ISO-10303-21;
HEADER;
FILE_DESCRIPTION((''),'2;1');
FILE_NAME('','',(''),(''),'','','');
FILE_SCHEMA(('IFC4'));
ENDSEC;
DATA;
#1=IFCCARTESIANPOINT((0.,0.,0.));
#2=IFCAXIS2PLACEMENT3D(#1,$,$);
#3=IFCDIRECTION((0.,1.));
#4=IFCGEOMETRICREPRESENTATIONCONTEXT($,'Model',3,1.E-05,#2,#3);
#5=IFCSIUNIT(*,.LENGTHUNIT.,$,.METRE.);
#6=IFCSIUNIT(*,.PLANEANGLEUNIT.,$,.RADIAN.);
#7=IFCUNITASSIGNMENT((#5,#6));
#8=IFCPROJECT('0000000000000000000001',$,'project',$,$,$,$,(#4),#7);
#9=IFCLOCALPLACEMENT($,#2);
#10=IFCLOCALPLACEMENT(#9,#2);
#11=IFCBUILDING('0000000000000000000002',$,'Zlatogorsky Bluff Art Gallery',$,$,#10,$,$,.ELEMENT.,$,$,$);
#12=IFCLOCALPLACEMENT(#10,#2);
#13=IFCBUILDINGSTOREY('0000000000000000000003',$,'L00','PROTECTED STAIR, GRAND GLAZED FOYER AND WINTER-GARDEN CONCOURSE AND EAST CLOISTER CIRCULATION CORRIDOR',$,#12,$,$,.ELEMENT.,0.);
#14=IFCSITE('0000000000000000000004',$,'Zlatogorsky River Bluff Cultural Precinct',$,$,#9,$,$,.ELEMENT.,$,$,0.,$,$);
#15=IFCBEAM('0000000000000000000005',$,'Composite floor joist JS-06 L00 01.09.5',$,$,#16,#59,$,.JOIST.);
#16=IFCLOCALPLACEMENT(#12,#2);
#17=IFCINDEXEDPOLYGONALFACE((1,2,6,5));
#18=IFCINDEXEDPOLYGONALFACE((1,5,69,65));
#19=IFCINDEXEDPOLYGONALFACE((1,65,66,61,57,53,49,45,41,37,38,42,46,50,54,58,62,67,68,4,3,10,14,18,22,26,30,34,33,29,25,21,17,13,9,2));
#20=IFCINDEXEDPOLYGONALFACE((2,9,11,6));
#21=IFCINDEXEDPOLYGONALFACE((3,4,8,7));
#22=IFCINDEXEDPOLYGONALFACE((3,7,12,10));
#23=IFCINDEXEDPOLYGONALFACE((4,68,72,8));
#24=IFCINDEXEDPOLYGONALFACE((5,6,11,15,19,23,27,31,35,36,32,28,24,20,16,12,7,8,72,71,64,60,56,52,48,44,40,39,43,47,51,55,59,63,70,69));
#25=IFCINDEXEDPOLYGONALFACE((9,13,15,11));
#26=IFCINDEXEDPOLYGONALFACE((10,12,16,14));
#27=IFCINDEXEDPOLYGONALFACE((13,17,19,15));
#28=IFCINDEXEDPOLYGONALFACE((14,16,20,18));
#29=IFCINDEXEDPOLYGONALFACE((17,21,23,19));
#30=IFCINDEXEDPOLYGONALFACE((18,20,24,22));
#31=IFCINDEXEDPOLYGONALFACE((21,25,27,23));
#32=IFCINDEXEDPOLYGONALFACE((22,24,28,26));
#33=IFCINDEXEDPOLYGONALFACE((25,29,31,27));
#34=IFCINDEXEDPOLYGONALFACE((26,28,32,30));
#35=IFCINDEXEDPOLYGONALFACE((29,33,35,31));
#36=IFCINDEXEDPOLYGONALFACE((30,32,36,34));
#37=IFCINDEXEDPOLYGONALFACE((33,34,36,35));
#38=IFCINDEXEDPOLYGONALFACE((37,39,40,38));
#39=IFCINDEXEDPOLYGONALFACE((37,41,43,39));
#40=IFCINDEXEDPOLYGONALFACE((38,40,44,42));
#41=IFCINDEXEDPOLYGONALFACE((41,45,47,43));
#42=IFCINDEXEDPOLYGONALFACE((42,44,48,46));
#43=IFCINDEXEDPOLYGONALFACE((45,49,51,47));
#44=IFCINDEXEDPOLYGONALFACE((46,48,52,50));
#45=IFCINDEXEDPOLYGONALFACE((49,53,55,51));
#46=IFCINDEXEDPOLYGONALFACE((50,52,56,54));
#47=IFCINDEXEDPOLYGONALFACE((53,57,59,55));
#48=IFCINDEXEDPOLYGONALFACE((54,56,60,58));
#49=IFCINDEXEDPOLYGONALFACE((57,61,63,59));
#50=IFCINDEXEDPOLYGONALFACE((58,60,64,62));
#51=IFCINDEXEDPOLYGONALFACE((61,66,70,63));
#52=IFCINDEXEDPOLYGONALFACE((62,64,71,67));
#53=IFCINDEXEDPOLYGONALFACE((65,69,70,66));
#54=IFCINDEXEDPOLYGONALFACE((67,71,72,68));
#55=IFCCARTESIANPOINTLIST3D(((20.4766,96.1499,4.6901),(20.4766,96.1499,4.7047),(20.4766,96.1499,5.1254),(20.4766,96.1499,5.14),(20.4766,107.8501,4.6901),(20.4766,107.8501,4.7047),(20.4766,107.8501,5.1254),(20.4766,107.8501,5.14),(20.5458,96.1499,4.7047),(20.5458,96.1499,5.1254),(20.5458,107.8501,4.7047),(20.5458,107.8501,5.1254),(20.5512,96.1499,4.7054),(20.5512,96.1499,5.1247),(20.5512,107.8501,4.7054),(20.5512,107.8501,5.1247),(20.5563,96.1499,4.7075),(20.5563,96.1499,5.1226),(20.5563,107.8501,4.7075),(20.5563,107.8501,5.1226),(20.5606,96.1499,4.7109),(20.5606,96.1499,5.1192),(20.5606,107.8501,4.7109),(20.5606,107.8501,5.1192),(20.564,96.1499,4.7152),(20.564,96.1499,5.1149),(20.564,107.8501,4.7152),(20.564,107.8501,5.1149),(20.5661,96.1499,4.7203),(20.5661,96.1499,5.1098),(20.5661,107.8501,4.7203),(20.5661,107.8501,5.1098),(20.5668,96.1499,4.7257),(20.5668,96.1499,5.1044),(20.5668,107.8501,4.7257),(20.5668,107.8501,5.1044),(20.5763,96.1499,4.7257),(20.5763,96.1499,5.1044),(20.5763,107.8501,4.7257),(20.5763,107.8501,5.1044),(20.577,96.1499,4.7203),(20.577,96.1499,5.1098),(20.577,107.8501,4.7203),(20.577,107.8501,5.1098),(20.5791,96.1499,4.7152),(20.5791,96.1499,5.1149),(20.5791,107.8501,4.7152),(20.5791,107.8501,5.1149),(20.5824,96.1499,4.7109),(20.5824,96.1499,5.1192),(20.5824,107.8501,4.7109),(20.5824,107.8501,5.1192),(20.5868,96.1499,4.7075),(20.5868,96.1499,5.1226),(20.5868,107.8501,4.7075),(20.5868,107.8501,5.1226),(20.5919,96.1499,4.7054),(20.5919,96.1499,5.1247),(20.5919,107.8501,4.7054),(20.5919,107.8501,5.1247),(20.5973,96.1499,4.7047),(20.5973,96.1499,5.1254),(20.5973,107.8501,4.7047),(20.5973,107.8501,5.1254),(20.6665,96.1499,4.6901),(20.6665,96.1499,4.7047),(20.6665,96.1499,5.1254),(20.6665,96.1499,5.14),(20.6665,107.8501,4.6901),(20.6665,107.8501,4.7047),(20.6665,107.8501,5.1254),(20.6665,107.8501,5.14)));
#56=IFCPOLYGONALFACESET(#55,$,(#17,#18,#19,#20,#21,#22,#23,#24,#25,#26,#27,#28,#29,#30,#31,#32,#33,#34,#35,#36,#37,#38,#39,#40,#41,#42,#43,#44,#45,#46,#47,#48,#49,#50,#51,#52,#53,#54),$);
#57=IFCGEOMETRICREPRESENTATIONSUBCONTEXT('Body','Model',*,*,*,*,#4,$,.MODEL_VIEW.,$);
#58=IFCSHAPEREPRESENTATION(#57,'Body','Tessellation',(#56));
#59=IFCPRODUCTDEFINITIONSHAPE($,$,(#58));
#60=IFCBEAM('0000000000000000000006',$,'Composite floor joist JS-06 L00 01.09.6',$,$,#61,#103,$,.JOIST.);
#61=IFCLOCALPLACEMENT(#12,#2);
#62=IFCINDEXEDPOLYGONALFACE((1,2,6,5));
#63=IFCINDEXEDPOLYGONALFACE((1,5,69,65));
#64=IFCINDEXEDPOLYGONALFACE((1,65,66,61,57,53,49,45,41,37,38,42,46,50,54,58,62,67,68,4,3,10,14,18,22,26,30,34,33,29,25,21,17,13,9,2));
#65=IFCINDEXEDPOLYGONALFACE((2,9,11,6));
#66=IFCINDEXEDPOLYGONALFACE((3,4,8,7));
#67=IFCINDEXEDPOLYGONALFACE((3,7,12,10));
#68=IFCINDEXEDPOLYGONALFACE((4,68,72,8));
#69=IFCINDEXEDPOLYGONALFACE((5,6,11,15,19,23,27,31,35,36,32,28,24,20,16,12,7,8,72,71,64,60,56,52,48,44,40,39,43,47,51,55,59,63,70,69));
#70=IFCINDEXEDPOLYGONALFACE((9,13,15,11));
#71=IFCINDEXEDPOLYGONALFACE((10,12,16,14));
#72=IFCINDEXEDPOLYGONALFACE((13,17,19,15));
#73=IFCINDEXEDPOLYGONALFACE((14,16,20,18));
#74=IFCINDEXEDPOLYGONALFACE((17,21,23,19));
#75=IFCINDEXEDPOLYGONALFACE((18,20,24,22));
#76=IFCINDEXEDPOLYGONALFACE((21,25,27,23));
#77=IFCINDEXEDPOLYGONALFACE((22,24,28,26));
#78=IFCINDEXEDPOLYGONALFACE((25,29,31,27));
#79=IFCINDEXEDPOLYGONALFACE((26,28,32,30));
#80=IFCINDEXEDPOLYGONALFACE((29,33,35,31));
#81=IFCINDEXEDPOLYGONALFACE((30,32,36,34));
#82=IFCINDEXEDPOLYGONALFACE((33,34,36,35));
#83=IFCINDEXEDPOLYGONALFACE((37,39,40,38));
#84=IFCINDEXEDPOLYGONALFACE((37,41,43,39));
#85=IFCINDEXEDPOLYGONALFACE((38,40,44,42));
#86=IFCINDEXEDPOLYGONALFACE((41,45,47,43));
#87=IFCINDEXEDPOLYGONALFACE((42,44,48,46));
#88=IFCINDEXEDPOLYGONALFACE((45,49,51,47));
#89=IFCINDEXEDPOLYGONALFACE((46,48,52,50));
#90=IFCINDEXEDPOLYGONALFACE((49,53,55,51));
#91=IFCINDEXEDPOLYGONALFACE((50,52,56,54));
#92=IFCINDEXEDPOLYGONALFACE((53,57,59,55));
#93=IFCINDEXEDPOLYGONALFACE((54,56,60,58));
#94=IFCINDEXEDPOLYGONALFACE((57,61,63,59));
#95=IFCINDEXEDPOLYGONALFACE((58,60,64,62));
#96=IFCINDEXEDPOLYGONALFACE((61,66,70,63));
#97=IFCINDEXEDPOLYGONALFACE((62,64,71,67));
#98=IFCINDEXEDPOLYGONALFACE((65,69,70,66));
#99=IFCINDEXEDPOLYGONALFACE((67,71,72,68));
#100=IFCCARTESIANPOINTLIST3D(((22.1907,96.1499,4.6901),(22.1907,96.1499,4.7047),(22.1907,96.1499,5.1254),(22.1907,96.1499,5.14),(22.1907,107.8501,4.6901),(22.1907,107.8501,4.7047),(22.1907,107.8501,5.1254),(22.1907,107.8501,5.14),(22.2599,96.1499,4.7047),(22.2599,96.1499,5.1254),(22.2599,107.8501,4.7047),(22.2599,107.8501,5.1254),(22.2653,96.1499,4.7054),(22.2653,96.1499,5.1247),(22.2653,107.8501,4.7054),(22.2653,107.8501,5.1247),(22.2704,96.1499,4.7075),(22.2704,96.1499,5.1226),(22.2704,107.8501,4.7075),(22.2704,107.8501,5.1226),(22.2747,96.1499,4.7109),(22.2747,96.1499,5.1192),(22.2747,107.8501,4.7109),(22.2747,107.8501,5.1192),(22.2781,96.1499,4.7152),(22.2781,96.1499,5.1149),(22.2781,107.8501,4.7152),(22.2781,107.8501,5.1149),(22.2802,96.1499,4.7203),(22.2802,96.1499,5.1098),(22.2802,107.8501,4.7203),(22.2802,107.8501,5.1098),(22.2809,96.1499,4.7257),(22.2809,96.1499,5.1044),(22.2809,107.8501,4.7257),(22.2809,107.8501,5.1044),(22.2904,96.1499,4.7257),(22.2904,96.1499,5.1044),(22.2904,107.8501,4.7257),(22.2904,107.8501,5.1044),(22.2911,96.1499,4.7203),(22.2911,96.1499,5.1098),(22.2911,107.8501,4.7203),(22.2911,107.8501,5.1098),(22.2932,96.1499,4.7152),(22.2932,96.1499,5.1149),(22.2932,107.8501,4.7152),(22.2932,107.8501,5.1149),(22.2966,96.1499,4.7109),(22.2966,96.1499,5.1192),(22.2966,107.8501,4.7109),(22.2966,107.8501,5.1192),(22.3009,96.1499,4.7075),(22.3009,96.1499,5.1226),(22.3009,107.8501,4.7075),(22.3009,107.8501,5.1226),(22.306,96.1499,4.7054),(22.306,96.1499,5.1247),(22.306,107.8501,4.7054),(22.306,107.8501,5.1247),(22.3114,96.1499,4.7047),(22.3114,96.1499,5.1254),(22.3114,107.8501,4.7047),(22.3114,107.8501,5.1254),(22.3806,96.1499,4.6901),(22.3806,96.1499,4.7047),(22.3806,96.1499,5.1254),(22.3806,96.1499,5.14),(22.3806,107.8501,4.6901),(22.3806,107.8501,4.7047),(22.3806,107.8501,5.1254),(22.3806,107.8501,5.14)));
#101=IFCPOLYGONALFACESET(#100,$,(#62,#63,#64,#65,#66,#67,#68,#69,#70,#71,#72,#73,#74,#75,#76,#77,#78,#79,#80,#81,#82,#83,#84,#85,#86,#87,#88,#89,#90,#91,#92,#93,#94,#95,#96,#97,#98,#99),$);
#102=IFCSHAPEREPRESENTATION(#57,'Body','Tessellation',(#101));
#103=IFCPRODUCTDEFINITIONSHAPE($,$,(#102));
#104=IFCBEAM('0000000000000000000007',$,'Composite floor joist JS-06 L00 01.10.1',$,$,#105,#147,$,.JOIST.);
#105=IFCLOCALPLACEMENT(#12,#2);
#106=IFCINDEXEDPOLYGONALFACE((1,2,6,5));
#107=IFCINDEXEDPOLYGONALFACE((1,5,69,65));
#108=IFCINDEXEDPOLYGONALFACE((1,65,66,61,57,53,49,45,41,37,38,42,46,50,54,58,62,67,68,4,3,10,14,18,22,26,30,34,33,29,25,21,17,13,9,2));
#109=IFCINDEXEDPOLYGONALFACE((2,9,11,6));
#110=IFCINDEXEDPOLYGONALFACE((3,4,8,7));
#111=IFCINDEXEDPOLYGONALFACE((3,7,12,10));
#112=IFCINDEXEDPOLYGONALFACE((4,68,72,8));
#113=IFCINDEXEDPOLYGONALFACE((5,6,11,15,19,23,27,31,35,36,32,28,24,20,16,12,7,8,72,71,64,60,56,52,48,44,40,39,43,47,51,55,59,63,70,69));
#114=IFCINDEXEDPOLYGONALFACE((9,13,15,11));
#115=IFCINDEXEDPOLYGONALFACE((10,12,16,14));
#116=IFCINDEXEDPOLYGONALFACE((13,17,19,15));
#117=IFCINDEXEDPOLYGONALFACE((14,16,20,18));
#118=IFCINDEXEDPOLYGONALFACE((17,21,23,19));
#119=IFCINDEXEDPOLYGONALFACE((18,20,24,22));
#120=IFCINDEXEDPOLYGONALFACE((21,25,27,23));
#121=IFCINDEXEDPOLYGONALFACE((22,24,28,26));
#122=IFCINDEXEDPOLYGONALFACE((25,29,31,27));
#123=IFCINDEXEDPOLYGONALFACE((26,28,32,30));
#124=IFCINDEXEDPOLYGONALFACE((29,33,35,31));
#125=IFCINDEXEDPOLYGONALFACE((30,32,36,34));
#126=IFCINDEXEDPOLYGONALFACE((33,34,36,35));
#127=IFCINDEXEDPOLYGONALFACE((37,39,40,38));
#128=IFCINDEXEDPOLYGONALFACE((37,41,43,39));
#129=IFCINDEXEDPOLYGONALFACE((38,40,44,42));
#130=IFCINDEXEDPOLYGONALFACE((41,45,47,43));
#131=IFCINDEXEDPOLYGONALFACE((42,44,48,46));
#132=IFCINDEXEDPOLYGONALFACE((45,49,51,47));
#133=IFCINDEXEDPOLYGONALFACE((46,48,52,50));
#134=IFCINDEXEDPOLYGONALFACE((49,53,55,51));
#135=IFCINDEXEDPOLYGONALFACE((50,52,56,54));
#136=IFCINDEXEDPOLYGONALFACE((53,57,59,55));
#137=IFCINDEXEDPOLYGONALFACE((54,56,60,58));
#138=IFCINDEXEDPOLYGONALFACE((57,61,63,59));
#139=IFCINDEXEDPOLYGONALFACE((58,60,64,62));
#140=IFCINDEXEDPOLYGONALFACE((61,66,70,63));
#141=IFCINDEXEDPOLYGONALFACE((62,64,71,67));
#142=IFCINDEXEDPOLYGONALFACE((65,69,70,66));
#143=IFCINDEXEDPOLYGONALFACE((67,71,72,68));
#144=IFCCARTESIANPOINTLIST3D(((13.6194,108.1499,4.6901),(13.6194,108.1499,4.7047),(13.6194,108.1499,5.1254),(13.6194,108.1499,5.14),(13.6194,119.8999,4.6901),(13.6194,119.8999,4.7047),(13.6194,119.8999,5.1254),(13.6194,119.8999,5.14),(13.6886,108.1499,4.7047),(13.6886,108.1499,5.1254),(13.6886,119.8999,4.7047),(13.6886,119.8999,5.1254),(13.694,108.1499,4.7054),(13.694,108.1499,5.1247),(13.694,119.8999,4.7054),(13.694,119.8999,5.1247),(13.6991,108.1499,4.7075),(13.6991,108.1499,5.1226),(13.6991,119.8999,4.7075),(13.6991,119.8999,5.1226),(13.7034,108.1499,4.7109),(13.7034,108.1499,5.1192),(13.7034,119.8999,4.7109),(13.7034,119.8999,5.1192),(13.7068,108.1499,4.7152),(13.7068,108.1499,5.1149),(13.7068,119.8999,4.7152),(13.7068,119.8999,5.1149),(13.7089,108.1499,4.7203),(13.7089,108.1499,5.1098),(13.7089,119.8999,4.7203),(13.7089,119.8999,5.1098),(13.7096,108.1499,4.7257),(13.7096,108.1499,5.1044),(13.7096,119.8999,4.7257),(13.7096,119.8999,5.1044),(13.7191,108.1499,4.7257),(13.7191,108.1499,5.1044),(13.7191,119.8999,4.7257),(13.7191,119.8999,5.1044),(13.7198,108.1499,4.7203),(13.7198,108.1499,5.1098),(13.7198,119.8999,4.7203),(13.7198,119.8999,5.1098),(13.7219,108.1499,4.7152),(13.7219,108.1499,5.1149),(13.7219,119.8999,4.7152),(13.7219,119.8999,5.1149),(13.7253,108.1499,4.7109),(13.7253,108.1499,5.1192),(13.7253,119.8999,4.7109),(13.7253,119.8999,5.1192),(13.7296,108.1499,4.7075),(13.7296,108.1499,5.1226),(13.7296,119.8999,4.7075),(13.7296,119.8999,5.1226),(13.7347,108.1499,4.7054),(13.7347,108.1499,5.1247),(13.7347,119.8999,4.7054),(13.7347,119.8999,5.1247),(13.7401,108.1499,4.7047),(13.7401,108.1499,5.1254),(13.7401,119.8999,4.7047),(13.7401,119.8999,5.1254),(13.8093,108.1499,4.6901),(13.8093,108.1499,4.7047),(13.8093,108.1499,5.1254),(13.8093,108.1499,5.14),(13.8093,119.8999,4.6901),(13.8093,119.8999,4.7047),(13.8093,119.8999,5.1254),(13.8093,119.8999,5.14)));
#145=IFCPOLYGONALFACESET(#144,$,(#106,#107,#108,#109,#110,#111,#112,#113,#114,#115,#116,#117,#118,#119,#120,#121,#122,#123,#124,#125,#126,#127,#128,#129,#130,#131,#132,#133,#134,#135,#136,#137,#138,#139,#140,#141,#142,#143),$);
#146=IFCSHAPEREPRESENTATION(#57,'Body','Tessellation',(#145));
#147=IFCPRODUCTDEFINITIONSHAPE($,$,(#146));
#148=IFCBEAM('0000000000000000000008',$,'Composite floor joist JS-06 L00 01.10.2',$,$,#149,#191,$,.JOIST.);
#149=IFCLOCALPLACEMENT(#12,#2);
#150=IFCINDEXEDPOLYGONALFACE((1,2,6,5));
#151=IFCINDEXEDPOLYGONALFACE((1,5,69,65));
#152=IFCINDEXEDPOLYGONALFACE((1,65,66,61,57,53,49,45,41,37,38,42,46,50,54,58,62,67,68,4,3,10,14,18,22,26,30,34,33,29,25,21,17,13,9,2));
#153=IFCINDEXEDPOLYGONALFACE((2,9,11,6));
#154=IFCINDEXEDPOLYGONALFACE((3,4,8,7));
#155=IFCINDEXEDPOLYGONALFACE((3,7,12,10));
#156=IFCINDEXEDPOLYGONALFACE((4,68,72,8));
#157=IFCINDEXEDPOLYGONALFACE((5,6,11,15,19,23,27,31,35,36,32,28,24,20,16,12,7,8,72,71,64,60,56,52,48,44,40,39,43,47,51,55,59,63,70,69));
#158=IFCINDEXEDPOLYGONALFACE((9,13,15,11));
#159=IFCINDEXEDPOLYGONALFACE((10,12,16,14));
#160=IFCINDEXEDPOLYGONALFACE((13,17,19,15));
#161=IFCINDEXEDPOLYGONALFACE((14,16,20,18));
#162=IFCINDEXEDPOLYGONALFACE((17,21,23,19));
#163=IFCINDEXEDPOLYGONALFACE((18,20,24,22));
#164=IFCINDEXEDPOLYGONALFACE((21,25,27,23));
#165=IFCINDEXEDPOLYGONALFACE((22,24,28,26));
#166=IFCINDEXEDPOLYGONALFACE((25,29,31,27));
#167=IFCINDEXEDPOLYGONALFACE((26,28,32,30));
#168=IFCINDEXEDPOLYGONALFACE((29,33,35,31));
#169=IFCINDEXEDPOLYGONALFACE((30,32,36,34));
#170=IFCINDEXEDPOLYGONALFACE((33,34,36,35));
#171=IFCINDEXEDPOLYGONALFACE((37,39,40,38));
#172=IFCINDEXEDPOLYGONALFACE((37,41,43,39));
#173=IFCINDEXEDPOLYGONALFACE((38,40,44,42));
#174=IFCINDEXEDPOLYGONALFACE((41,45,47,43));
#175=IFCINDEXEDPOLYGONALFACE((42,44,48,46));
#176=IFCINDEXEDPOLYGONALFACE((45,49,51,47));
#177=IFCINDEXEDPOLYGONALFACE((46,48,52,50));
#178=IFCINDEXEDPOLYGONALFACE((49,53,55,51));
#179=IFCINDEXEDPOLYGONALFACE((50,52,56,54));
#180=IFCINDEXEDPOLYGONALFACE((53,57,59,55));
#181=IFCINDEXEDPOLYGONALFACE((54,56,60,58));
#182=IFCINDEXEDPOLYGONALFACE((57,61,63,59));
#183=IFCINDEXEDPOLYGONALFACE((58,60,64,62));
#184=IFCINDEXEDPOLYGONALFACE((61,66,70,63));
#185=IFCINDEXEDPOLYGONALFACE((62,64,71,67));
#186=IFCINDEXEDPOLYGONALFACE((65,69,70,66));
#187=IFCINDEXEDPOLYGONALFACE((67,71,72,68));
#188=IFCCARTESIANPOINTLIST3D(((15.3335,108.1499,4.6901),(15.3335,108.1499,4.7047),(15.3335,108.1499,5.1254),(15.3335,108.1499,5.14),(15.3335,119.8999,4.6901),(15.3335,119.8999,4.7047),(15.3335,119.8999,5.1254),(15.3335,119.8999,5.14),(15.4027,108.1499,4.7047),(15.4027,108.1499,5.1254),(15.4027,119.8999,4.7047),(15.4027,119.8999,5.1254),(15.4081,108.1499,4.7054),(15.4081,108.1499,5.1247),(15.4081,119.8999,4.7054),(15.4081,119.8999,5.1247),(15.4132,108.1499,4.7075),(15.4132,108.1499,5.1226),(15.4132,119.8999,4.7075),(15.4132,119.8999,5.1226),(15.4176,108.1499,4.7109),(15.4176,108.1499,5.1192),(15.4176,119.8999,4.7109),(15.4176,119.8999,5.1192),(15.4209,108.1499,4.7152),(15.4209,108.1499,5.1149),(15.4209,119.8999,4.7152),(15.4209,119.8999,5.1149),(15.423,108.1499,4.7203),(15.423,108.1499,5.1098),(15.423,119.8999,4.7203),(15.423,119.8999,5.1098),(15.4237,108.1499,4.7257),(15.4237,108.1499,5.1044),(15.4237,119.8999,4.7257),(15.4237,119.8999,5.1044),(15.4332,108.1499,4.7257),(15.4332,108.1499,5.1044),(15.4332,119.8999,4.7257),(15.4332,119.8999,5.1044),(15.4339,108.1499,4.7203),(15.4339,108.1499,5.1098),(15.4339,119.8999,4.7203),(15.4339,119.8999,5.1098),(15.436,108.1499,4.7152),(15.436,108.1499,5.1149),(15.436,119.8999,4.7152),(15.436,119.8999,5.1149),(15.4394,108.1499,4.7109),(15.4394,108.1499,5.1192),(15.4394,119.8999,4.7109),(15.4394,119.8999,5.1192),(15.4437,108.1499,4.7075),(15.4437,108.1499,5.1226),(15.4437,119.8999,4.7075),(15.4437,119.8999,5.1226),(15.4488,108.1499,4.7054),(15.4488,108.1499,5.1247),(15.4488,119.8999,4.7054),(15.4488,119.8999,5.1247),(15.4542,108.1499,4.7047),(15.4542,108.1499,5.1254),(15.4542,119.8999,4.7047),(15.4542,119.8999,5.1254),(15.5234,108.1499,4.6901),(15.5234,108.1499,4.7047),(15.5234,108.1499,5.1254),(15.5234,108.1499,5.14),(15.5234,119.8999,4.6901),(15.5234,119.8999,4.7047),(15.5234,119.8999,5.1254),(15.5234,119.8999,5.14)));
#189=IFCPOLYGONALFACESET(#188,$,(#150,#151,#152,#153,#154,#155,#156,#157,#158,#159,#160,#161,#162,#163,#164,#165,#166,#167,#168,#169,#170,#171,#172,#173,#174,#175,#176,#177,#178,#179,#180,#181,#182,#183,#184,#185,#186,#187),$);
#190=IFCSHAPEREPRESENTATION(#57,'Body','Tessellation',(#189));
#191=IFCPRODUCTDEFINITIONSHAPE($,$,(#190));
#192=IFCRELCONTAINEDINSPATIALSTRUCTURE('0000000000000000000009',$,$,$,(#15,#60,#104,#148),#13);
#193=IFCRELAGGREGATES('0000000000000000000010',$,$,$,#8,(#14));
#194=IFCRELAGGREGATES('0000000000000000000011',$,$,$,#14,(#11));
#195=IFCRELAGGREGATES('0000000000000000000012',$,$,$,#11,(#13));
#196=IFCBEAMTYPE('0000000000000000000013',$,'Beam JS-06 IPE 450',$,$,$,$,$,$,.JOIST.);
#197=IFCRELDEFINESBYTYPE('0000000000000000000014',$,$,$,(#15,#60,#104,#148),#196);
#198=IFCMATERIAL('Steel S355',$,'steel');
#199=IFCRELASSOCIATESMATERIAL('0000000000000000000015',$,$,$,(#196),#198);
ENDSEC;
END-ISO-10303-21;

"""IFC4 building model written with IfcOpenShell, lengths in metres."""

from ifc_helpers import new_model, si_unit, direction, frame, origin, origin_2d, place, context, subcontext, project, spatial, i_section, extrude, material, material_profile, profile_set, type_object, element, save


model = new_model("IFC4")

# Units and contexts
model_context = context("Model", 3, precision=1e-05, world=origin(), true_north=direction((0.0, 1.0)))
body_context = subcontext(model_context, "Body", "Model", "MODEL_VIEW")
ifc_project = project(units=[si_unit("LENGTHUNIT", "METRE"), si_unit("PLANEANGLEUNIT", "RADIAN")], contexts=[model_context])

# Site, building, storey
site_placement = place(None, origin())
site = spatial("IfcSite", under=ifc_project, at=site_placement, Name="Zlatogorsky River Bluff Cultural Precinct", CompositionType="ELEMENT", RefElevation=0.0)
building_placement = place(site_placement, origin())
building = spatial("IfcBuilding", under=site, at=building_placement, Name="Zlatogorsky Bluff Art Gallery", CompositionType="ELEMENT")
storey_placement = place(building_placement, origin())
storey = spatial("IfcBuildingStorey", under=building, at=storey_placement, Name="L00", Description="PROTECTED STAIR, GRAND GLAZED FOYER AND WINTER-GARDEN CONCOURSE AND EAST CLOISTER CIRCULATION CORRIDOR", CompositionType="ELEMENT", Elevation=0.0)

# Shared definitions
ifc_material_1 = material(Name="Steel S355", Category="steel")

# Beams
ifc_material_profile_1 = material_profile(ifc_material_1, i_section(OverallWidth=0.1899, OverallDepth=0.45, WebThickness=0.0095, FlangeThickness=0.0146, FilletRadius=0.021, at=origin_2d()), Name="IPE 450")
ifc_profile_set_1 = profile_set([ifc_material_profile_1], Name="Steel S355")
beam_type_1 = type_object("IfcBeamType", Name="Beam JS-06 IPE 450", PredefinedType="JOIST", material=ifc_profile_set_1)
for number, where, z_axis, x_axis, name in (
    (1, (20.5715, 96.1499, 4.915), (0.0, 1.0, 0.0), (-1.0, 0.0, 0.0), "Composite floor joist JS-06 L00 01.09.5"),
    (2, (22.2856, 96.1499, 4.915), (0.0, 1.0, 0.0), (-1.0, 0.0, 0.0), "Composite floor joist JS-06 L00 01.09.6"),
):
    element("IfcBeam", number, at=place(storey_placement, frame(where, z_axis=z_axis, x_axis=x_axis)), inside=storey, type_object=beam_type_1, Name=name, PredefinedType="JOIST", context=body_context, shape_type="SweptSolid", body=[
        extrude(i_section(OverallWidth=0.1899, OverallDepth=0.45, WebThickness=0.0095, FlangeThickness=0.0146, FilletRadius=0.021, at=origin_2d()), origin(), (0.0, 0.0, 1.0), 11.7002),
    ])
for number, where, z_axis, x_axis, name in (
    (3, (13.7144, 108.1499, 4.915), (0.0, 1.0, 0.0), (-1.0, 0.0, 0.0), "Composite floor joist JS-06 L00 01.10.1"),
    (4, (15.4285, 108.1499, 4.915), (0.0, 1.0, 0.0), (-1.0, 0.0, 0.0), "Composite floor joist JS-06 L00 01.10.2"),
):
    element("IfcBeam", number, at=place(storey_placement, frame(where, z_axis=z_axis, x_axis=x_axis)), inside=storey, type_object=beam_type_1, Name=name, PredefinedType="JOIST", context=body_context, shape_type="SweptSolid", body=[
        extrude(i_section(OverallWidth=0.1899, OverallDepth=0.45, WebThickness=0.0095, FlangeThickness=0.0146, FilletRadius=0.021, at=origin_2d()), origin(), (0.0, 0.0, 1.0), 11.75),
    ])

save(model, "model.ifc")
